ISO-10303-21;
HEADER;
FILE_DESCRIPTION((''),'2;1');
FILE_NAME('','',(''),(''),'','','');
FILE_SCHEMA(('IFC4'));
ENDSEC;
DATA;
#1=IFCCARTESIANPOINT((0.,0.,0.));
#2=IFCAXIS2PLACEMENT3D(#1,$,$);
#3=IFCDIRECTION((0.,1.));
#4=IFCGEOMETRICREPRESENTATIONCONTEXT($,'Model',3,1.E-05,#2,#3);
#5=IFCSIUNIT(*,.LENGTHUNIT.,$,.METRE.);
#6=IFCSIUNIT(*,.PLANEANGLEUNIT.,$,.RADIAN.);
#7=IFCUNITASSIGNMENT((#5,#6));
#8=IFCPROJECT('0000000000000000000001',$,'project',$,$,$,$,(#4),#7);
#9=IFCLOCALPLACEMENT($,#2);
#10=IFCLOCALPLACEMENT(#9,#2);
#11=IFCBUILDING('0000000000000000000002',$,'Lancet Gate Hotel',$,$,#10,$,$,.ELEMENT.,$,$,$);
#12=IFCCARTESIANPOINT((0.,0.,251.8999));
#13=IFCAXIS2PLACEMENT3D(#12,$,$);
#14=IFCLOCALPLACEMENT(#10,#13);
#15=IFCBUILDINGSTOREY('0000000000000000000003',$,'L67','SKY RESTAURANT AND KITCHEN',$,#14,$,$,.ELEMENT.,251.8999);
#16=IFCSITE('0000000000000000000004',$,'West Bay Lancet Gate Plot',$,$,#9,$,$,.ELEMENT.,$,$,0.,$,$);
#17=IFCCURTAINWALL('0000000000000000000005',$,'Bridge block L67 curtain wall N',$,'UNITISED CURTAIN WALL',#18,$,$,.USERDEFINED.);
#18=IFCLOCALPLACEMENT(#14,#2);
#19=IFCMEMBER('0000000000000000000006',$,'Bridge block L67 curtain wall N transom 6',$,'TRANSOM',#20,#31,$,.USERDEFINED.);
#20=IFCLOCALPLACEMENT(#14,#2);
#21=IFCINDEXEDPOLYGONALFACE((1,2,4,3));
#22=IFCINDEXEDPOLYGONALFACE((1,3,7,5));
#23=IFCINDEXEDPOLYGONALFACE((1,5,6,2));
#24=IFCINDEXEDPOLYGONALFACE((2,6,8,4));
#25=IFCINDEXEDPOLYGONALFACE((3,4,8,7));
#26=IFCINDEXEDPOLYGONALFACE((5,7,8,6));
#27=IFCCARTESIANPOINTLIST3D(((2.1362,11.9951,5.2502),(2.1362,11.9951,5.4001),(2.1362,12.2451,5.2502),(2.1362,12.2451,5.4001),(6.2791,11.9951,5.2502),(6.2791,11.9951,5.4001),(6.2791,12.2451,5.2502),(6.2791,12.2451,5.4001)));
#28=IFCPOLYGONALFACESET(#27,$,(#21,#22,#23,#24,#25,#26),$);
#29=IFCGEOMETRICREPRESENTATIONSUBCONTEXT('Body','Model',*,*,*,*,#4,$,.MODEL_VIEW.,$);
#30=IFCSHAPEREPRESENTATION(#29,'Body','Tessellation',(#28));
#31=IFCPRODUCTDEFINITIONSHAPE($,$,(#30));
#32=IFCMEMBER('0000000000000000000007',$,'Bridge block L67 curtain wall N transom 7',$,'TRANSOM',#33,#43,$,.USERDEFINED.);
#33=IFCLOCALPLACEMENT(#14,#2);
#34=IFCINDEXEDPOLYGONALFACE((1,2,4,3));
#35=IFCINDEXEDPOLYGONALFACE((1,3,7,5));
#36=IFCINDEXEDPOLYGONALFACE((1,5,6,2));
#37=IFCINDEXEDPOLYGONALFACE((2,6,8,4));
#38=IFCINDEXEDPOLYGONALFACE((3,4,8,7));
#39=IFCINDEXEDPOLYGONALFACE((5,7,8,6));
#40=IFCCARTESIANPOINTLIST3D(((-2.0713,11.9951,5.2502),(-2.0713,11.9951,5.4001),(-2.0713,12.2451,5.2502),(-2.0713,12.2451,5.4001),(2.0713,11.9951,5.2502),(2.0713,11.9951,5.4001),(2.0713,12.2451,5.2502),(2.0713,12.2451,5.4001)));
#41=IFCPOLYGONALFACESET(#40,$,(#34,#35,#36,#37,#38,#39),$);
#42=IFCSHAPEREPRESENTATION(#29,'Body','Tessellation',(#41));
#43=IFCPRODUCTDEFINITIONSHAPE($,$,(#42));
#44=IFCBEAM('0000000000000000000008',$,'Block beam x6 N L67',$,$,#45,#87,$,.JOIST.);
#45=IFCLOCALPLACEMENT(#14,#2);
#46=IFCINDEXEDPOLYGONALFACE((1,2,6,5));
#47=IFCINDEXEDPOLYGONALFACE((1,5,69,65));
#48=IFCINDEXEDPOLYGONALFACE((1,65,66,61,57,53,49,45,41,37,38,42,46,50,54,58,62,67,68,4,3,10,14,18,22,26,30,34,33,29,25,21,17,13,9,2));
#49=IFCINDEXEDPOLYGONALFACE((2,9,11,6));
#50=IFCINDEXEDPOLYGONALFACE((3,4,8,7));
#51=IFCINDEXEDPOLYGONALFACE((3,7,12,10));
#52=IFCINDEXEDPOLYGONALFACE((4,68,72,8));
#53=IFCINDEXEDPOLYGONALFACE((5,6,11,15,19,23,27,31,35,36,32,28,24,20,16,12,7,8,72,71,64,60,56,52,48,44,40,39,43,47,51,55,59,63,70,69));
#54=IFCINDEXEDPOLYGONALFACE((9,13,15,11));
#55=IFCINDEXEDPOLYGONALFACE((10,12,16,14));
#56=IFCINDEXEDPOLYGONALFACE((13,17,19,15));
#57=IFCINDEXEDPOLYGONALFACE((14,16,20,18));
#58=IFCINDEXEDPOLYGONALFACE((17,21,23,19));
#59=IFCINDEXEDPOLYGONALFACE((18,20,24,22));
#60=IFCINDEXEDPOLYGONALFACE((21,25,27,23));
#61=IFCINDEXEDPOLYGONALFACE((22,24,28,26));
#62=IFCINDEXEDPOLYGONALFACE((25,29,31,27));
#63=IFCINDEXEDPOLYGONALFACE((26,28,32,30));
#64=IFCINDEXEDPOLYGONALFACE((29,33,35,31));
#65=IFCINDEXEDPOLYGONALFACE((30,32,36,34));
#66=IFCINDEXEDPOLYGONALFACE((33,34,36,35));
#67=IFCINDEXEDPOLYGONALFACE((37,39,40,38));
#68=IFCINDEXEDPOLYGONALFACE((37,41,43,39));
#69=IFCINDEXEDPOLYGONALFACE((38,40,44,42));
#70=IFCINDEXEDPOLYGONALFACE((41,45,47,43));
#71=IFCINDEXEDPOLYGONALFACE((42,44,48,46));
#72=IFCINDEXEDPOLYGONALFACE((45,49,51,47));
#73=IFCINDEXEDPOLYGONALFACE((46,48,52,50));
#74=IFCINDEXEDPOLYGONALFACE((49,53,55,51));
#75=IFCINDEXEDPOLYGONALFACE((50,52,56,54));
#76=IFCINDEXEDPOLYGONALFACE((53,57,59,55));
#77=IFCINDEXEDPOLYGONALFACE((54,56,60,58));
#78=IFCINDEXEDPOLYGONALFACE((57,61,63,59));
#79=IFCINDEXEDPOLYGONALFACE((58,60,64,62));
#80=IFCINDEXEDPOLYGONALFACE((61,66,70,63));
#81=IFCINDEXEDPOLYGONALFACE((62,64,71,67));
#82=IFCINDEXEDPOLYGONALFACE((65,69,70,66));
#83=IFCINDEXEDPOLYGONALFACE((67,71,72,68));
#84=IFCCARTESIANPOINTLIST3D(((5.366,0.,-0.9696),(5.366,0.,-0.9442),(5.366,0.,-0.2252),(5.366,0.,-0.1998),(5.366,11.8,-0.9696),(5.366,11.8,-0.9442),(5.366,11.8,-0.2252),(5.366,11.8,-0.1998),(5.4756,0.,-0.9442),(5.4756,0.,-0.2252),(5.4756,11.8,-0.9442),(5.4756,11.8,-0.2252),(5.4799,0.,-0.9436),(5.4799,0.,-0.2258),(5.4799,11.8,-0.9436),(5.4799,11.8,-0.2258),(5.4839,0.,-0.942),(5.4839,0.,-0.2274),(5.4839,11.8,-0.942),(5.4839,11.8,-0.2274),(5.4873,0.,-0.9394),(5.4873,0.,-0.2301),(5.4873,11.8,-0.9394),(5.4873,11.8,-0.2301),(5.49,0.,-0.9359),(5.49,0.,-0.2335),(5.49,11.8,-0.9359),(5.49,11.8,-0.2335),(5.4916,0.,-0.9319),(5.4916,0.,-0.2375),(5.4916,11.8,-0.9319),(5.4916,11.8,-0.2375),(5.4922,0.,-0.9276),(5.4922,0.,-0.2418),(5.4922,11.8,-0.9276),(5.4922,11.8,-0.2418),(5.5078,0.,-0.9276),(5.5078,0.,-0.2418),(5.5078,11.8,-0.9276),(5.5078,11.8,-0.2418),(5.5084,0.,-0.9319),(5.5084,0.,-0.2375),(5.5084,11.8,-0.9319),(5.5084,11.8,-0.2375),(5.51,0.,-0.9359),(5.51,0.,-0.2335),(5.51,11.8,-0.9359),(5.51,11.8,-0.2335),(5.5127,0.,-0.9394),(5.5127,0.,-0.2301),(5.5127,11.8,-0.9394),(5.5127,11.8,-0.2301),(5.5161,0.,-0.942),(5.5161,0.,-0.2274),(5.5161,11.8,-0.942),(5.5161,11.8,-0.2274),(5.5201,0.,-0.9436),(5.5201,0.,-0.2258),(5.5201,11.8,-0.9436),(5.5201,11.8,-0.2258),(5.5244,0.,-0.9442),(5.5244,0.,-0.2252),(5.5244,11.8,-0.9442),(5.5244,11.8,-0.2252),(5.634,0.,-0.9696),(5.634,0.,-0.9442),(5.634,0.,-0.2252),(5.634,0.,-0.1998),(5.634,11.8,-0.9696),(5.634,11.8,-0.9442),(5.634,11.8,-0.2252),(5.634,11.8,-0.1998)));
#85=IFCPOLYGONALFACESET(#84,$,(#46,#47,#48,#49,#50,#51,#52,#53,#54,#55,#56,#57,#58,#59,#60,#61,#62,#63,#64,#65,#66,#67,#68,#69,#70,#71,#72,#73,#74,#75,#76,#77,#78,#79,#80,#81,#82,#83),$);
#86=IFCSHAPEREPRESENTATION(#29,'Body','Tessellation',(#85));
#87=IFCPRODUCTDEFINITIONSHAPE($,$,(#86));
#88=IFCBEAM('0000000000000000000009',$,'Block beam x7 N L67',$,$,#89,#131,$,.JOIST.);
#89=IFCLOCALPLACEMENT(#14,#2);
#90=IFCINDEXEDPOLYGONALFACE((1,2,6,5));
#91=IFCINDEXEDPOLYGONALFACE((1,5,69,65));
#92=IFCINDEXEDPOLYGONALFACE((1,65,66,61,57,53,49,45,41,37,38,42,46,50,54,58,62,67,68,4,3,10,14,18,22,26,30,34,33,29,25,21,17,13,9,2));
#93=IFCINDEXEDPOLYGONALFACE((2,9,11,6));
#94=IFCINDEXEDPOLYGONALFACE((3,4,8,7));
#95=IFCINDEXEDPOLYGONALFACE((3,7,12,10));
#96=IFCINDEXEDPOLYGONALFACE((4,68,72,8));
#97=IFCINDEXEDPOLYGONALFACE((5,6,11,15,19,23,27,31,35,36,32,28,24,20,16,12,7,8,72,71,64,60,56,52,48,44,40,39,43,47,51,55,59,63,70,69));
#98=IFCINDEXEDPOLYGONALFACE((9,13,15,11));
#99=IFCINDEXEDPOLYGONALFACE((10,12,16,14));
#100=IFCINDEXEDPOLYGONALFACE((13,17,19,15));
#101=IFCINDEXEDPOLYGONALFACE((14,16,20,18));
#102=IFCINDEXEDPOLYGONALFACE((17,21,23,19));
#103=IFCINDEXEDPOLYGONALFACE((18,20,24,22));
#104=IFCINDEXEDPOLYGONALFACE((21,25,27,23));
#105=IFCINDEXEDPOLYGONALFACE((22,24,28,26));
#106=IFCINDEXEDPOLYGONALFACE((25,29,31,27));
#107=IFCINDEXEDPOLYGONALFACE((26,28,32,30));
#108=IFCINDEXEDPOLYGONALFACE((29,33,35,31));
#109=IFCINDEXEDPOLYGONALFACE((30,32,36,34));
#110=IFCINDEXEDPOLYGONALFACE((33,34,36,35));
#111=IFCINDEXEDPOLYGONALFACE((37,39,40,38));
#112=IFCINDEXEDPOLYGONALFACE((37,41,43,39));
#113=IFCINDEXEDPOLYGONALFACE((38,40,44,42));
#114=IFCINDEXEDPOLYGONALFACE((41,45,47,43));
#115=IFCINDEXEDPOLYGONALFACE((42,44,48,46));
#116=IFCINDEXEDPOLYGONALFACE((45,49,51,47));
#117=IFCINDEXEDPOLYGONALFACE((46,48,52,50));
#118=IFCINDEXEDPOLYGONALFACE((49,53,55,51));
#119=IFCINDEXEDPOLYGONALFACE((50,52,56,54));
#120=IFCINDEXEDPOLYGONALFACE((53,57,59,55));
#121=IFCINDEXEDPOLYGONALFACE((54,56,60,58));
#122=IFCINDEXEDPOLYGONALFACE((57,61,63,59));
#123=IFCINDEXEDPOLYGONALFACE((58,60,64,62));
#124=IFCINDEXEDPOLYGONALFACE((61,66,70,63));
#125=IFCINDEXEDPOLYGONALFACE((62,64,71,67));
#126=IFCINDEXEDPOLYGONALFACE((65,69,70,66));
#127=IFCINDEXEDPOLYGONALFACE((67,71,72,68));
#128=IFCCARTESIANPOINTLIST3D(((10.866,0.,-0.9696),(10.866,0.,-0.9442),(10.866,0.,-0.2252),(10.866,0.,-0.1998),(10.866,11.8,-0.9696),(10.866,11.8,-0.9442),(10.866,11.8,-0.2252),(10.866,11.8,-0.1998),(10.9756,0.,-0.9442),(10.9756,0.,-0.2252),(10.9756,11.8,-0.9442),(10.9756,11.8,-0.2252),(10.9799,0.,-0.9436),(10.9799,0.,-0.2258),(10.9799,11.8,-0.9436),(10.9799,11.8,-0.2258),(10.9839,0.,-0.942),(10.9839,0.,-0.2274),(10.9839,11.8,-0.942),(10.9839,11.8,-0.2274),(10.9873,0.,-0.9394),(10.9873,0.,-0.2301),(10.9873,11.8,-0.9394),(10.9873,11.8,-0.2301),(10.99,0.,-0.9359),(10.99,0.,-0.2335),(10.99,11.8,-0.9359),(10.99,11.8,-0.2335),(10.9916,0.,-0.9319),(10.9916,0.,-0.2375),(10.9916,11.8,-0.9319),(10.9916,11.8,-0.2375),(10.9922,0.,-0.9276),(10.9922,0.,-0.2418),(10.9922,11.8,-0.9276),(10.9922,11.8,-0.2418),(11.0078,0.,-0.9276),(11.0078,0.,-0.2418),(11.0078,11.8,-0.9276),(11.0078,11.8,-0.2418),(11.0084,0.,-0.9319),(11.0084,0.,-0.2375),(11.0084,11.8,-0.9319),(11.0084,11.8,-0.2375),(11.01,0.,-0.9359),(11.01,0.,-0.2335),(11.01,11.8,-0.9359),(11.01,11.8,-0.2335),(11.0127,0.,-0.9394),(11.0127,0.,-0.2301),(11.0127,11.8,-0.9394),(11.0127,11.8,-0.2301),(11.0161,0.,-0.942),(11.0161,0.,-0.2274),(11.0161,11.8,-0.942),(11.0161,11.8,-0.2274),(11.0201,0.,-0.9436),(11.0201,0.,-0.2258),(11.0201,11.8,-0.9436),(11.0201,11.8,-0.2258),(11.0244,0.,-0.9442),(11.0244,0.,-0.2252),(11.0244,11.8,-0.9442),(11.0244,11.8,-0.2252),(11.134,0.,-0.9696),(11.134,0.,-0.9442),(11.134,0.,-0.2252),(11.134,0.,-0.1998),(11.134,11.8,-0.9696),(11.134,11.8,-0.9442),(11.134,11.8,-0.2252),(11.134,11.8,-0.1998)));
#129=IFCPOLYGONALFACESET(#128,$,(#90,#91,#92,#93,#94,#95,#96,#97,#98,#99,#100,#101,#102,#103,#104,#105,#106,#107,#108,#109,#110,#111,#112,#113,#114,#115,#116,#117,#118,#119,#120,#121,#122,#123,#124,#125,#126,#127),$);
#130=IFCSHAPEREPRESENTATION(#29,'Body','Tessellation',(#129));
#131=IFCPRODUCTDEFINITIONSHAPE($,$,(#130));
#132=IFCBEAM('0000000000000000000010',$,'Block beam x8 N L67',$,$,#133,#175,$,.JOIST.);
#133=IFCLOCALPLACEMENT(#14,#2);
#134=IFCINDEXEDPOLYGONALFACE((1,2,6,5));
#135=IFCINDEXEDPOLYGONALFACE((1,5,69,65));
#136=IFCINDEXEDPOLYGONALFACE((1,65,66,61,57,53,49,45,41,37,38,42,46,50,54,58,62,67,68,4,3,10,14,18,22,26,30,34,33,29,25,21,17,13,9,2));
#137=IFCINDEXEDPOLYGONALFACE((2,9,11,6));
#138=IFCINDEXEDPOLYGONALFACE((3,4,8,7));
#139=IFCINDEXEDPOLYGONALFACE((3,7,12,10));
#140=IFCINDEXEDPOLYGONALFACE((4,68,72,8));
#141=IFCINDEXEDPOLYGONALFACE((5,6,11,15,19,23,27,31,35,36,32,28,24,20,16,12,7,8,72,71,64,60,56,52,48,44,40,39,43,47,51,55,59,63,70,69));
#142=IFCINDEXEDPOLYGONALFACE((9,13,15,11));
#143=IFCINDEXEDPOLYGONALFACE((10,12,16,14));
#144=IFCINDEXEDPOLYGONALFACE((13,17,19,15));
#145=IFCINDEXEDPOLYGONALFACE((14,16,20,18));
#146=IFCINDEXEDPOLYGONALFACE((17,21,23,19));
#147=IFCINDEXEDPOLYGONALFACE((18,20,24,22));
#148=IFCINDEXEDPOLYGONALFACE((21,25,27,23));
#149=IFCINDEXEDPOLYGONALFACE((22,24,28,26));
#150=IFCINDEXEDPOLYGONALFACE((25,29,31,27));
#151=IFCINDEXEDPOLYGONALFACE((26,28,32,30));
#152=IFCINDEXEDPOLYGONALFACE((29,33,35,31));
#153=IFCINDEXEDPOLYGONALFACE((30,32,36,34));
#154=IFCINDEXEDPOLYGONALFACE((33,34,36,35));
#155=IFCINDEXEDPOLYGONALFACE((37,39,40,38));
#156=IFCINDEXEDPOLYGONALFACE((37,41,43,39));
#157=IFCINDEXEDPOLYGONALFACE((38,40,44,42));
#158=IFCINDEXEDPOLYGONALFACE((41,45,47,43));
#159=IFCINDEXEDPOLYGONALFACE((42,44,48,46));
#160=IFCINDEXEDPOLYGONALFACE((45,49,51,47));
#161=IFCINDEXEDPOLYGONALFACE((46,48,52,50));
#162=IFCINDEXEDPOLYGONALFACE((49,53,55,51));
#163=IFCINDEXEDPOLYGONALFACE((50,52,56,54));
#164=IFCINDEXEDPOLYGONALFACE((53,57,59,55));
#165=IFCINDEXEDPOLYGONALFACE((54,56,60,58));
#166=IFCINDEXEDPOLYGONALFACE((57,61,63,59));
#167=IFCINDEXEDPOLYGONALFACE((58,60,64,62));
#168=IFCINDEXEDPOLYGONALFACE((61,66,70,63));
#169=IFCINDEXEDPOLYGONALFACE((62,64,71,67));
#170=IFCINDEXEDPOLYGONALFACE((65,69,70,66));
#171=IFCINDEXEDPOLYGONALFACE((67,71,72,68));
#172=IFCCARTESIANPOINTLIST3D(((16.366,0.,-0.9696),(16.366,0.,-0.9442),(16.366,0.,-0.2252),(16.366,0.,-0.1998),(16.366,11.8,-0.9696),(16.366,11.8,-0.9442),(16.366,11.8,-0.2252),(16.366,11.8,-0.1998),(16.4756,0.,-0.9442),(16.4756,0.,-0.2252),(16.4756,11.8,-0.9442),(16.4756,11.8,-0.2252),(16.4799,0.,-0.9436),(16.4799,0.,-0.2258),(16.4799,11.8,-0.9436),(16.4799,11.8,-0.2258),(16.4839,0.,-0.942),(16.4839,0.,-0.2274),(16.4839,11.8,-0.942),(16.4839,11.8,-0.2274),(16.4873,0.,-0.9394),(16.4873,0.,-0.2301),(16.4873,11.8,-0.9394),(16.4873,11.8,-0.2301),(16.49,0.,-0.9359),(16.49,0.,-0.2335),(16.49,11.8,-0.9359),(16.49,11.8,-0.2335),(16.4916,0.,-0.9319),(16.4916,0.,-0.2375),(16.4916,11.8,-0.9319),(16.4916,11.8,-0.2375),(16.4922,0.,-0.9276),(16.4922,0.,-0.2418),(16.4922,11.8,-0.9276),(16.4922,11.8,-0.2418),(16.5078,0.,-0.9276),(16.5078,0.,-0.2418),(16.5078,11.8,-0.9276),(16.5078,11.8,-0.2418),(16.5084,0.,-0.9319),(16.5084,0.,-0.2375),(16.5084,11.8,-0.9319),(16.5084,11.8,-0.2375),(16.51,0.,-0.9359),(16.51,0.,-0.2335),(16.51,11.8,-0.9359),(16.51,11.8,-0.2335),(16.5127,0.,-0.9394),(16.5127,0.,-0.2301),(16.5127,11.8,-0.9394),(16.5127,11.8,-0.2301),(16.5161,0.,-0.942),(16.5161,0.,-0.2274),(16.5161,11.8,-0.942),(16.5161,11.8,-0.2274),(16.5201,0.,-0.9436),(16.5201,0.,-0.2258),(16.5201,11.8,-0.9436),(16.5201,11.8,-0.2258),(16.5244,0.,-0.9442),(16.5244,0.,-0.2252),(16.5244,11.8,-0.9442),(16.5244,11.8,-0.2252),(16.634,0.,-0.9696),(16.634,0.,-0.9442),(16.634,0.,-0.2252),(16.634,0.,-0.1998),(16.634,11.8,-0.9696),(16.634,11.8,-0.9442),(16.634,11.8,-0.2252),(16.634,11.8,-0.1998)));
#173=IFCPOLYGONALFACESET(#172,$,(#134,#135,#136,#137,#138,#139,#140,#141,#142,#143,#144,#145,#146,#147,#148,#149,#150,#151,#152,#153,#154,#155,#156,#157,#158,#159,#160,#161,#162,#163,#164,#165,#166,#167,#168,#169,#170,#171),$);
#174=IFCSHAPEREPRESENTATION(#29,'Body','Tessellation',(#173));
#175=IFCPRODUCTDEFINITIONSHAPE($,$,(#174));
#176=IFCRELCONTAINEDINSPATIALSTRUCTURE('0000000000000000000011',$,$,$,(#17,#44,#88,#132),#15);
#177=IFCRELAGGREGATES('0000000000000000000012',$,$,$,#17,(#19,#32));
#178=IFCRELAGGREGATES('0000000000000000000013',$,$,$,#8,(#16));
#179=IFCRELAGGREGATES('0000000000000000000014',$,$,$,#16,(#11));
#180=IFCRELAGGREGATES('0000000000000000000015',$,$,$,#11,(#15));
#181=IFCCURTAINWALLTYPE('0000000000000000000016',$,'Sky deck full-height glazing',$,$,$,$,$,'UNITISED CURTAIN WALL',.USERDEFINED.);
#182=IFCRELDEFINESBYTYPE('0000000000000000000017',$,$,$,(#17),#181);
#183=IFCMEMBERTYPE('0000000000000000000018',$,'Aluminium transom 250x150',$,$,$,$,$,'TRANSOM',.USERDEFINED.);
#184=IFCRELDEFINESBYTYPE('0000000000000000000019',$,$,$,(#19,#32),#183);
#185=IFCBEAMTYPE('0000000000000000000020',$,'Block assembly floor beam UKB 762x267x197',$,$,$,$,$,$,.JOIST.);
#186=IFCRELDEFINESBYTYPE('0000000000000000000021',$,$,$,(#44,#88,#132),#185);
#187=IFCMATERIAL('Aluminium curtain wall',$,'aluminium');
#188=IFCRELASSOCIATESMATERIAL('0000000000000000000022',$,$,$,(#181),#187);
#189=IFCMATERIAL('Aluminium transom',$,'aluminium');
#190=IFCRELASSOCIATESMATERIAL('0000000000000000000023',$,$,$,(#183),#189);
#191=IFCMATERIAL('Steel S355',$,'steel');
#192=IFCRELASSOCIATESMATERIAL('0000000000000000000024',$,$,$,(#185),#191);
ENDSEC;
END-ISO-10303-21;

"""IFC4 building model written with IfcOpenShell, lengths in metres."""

from ifc_helpers import new_model, si_unit, direction, frame, origin, origin_2d, place, context, subcontext, project, spatial, rectangle, i_section, extrude, material, material_profile, profile_set, type_object, element, aggregate, save


model = new_model("IFC4")

# Units and contexts
model_context = context("Model", 3, precision=1e-05, world=origin(), true_north=direction((0.0, 1.0)))
body_context = subcontext(model_context, "Body", "Model", "MODEL_VIEW")
ifc_project = project(units=[si_unit("LENGTHUNIT", "METRE"), si_unit("PLANEANGLEUNIT", "RADIAN")], contexts=[model_context])

# Site, building, storey
site_placement = place(None, origin())
site = spatial("IfcSite", under=ifc_project, at=site_placement, Name="West Bay Lancet Gate Plot", CompositionType="ELEMENT", RefElevation=0.0)
building_placement = place(site_placement, origin())
building = spatial("IfcBuilding", under=site, at=building_placement, Name="Lancet Gate Hotel", CompositionType="ELEMENT")
storey_placement = place(building_placement, frame((0.0, 0.0, 251.8999)))
storey = spatial("IfcBuildingStorey", under=building, at=storey_placement, Name="L67", Description="SKY RESTAURANT AND KITCHEN", CompositionType="ELEMENT", Elevation=251.8999)

# Curtain wall, members
ifc_material_1 = material(Name="Aluminium curtain wall", Category="aluminium")
curtain_wall_type = type_object("IfcCurtainWallType", Name="Sky deck full-height glazing", ElementType="UNITISED CURTAIN WALL", PredefinedType="USERDEFINED", material=ifc_material_1)
curtain_wall_placement = place(storey_placement, origin())
curtain_wall = element("IfcCurtainWall", 1, at=curtain_wall_placement, inside=storey, type_object=curtain_wall_type, Name="Bridge block L67 curtain wall N", ObjectType="UNITISED CURTAIN WALL", PredefinedType="USERDEFINED")
ifc_material_2 = material(Name="Aluminium transom", Category="aluminium")
ifc_material_profile_1 = material_profile(ifc_material_2, rectangle(XDim=0.25, YDim=0.1499, at=origin_2d()), Name="TRANSOM 250x150")
ifc_profile_set_1 = profile_set([ifc_material_profile_1], Name="Aluminium transom")
member_type_1 = type_object("IfcMemberType", Name="Aluminium transom 250x150", ElementType="TRANSOM", PredefinedType="USERDEFINED", material=ifc_profile_set_1)
member_1_placement = place(storey_placement, frame((6.2791, 12.1201, 5.3252), z_axis=(-1.0, 0.0, 0.0), x_axis=(0.0, -1.0, 0.0)))
member_1 = element("IfcMember", 2, at=member_1_placement, type_object=member_type_1, Name="Bridge block L67 curtain wall N transom 6", ObjectType="TRANSOM", PredefinedType="USERDEFINED", context=body_context, shape_type="SweptSolid", body=[
    extrude(rectangle(XDim=0.25, YDim=0.1499, at=origin_2d()), origin(), (0.0, 0.0, 1.0), 4.1428),
])
member_2_placement = place(storey_placement, frame((2.0713, 12.1201, 5.3252), z_axis=(-1.0, 0.0, 0.0), x_axis=(0.0, -1.0, 0.0)))
member_2 = element("IfcMember", 3, at=member_2_placement, type_object=member_type_1, Name="Bridge block L67 curtain wall N transom 7", ObjectType="TRANSOM", PredefinedType="USERDEFINED", context=body_context, shape_type="SweptSolid", body=[
    extrude(rectangle(XDim=0.25, YDim=0.1499, at=origin_2d()), origin(), (0.0, 0.0, 1.0), 4.1426),
])

# Beams
ifc_material_3 = material(Name="Steel S355", Category="steel")
ifc_material_profile_2 = material_profile(ifc_material_3, i_section(OverallWidth=0.2681, OverallDepth=0.7698, WebThickness=0.0156, FlangeThickness=0.0254, FilletRadius=0.0166, at=origin_2d()), Name="UKB 762x267x197")
ifc_profile_set_2 = profile_set([ifc_material_profile_2], Name="Steel S355")
beam_type_1 = type_object("IfcBeamType", Name="Block assembly floor beam UKB 762x267x197", PredefinedType="JOIST", material=ifc_profile_set_2)
for number, where, z_axis, x_axis, name in (
    (4, (5.5, 0.0, -0.5847), (0.0, 1.0, 0.0), (-1.0, 0.0, 0.0), "Block beam x6 N L67"),
    (5, (11.0, 0.0, -0.5847), (0.0, 1.0, 0.0), (-1.0, 0.0, 0.0), "Block beam x7 N L67"),
    (6, (16.5, 0.0, -0.5847), (0.0, 1.0, 0.0), (-1.0, 0.0, 0.0), "Block beam x8 N L67"),
):
    element("IfcBeam", number, at=place(storey_placement, frame(where, z_axis=z_axis, x_axis=x_axis)), inside=storey, type_object=beam_type_1, Name=name, PredefinedType="JOIST", context=body_context, shape_type="SweptSolid", body=[
        extrude(i_section(OverallWidth=0.2681, OverallDepth=0.7698, WebThickness=0.0156, FlangeThickness=0.0254, FilletRadius=0.0166, at=origin_2d()), origin(), (0.0, 0.0, 1.0), 11.8),
    ])

aggregate(curtain_wall, [member_1, member_2])

save(model, "model.ifc")
